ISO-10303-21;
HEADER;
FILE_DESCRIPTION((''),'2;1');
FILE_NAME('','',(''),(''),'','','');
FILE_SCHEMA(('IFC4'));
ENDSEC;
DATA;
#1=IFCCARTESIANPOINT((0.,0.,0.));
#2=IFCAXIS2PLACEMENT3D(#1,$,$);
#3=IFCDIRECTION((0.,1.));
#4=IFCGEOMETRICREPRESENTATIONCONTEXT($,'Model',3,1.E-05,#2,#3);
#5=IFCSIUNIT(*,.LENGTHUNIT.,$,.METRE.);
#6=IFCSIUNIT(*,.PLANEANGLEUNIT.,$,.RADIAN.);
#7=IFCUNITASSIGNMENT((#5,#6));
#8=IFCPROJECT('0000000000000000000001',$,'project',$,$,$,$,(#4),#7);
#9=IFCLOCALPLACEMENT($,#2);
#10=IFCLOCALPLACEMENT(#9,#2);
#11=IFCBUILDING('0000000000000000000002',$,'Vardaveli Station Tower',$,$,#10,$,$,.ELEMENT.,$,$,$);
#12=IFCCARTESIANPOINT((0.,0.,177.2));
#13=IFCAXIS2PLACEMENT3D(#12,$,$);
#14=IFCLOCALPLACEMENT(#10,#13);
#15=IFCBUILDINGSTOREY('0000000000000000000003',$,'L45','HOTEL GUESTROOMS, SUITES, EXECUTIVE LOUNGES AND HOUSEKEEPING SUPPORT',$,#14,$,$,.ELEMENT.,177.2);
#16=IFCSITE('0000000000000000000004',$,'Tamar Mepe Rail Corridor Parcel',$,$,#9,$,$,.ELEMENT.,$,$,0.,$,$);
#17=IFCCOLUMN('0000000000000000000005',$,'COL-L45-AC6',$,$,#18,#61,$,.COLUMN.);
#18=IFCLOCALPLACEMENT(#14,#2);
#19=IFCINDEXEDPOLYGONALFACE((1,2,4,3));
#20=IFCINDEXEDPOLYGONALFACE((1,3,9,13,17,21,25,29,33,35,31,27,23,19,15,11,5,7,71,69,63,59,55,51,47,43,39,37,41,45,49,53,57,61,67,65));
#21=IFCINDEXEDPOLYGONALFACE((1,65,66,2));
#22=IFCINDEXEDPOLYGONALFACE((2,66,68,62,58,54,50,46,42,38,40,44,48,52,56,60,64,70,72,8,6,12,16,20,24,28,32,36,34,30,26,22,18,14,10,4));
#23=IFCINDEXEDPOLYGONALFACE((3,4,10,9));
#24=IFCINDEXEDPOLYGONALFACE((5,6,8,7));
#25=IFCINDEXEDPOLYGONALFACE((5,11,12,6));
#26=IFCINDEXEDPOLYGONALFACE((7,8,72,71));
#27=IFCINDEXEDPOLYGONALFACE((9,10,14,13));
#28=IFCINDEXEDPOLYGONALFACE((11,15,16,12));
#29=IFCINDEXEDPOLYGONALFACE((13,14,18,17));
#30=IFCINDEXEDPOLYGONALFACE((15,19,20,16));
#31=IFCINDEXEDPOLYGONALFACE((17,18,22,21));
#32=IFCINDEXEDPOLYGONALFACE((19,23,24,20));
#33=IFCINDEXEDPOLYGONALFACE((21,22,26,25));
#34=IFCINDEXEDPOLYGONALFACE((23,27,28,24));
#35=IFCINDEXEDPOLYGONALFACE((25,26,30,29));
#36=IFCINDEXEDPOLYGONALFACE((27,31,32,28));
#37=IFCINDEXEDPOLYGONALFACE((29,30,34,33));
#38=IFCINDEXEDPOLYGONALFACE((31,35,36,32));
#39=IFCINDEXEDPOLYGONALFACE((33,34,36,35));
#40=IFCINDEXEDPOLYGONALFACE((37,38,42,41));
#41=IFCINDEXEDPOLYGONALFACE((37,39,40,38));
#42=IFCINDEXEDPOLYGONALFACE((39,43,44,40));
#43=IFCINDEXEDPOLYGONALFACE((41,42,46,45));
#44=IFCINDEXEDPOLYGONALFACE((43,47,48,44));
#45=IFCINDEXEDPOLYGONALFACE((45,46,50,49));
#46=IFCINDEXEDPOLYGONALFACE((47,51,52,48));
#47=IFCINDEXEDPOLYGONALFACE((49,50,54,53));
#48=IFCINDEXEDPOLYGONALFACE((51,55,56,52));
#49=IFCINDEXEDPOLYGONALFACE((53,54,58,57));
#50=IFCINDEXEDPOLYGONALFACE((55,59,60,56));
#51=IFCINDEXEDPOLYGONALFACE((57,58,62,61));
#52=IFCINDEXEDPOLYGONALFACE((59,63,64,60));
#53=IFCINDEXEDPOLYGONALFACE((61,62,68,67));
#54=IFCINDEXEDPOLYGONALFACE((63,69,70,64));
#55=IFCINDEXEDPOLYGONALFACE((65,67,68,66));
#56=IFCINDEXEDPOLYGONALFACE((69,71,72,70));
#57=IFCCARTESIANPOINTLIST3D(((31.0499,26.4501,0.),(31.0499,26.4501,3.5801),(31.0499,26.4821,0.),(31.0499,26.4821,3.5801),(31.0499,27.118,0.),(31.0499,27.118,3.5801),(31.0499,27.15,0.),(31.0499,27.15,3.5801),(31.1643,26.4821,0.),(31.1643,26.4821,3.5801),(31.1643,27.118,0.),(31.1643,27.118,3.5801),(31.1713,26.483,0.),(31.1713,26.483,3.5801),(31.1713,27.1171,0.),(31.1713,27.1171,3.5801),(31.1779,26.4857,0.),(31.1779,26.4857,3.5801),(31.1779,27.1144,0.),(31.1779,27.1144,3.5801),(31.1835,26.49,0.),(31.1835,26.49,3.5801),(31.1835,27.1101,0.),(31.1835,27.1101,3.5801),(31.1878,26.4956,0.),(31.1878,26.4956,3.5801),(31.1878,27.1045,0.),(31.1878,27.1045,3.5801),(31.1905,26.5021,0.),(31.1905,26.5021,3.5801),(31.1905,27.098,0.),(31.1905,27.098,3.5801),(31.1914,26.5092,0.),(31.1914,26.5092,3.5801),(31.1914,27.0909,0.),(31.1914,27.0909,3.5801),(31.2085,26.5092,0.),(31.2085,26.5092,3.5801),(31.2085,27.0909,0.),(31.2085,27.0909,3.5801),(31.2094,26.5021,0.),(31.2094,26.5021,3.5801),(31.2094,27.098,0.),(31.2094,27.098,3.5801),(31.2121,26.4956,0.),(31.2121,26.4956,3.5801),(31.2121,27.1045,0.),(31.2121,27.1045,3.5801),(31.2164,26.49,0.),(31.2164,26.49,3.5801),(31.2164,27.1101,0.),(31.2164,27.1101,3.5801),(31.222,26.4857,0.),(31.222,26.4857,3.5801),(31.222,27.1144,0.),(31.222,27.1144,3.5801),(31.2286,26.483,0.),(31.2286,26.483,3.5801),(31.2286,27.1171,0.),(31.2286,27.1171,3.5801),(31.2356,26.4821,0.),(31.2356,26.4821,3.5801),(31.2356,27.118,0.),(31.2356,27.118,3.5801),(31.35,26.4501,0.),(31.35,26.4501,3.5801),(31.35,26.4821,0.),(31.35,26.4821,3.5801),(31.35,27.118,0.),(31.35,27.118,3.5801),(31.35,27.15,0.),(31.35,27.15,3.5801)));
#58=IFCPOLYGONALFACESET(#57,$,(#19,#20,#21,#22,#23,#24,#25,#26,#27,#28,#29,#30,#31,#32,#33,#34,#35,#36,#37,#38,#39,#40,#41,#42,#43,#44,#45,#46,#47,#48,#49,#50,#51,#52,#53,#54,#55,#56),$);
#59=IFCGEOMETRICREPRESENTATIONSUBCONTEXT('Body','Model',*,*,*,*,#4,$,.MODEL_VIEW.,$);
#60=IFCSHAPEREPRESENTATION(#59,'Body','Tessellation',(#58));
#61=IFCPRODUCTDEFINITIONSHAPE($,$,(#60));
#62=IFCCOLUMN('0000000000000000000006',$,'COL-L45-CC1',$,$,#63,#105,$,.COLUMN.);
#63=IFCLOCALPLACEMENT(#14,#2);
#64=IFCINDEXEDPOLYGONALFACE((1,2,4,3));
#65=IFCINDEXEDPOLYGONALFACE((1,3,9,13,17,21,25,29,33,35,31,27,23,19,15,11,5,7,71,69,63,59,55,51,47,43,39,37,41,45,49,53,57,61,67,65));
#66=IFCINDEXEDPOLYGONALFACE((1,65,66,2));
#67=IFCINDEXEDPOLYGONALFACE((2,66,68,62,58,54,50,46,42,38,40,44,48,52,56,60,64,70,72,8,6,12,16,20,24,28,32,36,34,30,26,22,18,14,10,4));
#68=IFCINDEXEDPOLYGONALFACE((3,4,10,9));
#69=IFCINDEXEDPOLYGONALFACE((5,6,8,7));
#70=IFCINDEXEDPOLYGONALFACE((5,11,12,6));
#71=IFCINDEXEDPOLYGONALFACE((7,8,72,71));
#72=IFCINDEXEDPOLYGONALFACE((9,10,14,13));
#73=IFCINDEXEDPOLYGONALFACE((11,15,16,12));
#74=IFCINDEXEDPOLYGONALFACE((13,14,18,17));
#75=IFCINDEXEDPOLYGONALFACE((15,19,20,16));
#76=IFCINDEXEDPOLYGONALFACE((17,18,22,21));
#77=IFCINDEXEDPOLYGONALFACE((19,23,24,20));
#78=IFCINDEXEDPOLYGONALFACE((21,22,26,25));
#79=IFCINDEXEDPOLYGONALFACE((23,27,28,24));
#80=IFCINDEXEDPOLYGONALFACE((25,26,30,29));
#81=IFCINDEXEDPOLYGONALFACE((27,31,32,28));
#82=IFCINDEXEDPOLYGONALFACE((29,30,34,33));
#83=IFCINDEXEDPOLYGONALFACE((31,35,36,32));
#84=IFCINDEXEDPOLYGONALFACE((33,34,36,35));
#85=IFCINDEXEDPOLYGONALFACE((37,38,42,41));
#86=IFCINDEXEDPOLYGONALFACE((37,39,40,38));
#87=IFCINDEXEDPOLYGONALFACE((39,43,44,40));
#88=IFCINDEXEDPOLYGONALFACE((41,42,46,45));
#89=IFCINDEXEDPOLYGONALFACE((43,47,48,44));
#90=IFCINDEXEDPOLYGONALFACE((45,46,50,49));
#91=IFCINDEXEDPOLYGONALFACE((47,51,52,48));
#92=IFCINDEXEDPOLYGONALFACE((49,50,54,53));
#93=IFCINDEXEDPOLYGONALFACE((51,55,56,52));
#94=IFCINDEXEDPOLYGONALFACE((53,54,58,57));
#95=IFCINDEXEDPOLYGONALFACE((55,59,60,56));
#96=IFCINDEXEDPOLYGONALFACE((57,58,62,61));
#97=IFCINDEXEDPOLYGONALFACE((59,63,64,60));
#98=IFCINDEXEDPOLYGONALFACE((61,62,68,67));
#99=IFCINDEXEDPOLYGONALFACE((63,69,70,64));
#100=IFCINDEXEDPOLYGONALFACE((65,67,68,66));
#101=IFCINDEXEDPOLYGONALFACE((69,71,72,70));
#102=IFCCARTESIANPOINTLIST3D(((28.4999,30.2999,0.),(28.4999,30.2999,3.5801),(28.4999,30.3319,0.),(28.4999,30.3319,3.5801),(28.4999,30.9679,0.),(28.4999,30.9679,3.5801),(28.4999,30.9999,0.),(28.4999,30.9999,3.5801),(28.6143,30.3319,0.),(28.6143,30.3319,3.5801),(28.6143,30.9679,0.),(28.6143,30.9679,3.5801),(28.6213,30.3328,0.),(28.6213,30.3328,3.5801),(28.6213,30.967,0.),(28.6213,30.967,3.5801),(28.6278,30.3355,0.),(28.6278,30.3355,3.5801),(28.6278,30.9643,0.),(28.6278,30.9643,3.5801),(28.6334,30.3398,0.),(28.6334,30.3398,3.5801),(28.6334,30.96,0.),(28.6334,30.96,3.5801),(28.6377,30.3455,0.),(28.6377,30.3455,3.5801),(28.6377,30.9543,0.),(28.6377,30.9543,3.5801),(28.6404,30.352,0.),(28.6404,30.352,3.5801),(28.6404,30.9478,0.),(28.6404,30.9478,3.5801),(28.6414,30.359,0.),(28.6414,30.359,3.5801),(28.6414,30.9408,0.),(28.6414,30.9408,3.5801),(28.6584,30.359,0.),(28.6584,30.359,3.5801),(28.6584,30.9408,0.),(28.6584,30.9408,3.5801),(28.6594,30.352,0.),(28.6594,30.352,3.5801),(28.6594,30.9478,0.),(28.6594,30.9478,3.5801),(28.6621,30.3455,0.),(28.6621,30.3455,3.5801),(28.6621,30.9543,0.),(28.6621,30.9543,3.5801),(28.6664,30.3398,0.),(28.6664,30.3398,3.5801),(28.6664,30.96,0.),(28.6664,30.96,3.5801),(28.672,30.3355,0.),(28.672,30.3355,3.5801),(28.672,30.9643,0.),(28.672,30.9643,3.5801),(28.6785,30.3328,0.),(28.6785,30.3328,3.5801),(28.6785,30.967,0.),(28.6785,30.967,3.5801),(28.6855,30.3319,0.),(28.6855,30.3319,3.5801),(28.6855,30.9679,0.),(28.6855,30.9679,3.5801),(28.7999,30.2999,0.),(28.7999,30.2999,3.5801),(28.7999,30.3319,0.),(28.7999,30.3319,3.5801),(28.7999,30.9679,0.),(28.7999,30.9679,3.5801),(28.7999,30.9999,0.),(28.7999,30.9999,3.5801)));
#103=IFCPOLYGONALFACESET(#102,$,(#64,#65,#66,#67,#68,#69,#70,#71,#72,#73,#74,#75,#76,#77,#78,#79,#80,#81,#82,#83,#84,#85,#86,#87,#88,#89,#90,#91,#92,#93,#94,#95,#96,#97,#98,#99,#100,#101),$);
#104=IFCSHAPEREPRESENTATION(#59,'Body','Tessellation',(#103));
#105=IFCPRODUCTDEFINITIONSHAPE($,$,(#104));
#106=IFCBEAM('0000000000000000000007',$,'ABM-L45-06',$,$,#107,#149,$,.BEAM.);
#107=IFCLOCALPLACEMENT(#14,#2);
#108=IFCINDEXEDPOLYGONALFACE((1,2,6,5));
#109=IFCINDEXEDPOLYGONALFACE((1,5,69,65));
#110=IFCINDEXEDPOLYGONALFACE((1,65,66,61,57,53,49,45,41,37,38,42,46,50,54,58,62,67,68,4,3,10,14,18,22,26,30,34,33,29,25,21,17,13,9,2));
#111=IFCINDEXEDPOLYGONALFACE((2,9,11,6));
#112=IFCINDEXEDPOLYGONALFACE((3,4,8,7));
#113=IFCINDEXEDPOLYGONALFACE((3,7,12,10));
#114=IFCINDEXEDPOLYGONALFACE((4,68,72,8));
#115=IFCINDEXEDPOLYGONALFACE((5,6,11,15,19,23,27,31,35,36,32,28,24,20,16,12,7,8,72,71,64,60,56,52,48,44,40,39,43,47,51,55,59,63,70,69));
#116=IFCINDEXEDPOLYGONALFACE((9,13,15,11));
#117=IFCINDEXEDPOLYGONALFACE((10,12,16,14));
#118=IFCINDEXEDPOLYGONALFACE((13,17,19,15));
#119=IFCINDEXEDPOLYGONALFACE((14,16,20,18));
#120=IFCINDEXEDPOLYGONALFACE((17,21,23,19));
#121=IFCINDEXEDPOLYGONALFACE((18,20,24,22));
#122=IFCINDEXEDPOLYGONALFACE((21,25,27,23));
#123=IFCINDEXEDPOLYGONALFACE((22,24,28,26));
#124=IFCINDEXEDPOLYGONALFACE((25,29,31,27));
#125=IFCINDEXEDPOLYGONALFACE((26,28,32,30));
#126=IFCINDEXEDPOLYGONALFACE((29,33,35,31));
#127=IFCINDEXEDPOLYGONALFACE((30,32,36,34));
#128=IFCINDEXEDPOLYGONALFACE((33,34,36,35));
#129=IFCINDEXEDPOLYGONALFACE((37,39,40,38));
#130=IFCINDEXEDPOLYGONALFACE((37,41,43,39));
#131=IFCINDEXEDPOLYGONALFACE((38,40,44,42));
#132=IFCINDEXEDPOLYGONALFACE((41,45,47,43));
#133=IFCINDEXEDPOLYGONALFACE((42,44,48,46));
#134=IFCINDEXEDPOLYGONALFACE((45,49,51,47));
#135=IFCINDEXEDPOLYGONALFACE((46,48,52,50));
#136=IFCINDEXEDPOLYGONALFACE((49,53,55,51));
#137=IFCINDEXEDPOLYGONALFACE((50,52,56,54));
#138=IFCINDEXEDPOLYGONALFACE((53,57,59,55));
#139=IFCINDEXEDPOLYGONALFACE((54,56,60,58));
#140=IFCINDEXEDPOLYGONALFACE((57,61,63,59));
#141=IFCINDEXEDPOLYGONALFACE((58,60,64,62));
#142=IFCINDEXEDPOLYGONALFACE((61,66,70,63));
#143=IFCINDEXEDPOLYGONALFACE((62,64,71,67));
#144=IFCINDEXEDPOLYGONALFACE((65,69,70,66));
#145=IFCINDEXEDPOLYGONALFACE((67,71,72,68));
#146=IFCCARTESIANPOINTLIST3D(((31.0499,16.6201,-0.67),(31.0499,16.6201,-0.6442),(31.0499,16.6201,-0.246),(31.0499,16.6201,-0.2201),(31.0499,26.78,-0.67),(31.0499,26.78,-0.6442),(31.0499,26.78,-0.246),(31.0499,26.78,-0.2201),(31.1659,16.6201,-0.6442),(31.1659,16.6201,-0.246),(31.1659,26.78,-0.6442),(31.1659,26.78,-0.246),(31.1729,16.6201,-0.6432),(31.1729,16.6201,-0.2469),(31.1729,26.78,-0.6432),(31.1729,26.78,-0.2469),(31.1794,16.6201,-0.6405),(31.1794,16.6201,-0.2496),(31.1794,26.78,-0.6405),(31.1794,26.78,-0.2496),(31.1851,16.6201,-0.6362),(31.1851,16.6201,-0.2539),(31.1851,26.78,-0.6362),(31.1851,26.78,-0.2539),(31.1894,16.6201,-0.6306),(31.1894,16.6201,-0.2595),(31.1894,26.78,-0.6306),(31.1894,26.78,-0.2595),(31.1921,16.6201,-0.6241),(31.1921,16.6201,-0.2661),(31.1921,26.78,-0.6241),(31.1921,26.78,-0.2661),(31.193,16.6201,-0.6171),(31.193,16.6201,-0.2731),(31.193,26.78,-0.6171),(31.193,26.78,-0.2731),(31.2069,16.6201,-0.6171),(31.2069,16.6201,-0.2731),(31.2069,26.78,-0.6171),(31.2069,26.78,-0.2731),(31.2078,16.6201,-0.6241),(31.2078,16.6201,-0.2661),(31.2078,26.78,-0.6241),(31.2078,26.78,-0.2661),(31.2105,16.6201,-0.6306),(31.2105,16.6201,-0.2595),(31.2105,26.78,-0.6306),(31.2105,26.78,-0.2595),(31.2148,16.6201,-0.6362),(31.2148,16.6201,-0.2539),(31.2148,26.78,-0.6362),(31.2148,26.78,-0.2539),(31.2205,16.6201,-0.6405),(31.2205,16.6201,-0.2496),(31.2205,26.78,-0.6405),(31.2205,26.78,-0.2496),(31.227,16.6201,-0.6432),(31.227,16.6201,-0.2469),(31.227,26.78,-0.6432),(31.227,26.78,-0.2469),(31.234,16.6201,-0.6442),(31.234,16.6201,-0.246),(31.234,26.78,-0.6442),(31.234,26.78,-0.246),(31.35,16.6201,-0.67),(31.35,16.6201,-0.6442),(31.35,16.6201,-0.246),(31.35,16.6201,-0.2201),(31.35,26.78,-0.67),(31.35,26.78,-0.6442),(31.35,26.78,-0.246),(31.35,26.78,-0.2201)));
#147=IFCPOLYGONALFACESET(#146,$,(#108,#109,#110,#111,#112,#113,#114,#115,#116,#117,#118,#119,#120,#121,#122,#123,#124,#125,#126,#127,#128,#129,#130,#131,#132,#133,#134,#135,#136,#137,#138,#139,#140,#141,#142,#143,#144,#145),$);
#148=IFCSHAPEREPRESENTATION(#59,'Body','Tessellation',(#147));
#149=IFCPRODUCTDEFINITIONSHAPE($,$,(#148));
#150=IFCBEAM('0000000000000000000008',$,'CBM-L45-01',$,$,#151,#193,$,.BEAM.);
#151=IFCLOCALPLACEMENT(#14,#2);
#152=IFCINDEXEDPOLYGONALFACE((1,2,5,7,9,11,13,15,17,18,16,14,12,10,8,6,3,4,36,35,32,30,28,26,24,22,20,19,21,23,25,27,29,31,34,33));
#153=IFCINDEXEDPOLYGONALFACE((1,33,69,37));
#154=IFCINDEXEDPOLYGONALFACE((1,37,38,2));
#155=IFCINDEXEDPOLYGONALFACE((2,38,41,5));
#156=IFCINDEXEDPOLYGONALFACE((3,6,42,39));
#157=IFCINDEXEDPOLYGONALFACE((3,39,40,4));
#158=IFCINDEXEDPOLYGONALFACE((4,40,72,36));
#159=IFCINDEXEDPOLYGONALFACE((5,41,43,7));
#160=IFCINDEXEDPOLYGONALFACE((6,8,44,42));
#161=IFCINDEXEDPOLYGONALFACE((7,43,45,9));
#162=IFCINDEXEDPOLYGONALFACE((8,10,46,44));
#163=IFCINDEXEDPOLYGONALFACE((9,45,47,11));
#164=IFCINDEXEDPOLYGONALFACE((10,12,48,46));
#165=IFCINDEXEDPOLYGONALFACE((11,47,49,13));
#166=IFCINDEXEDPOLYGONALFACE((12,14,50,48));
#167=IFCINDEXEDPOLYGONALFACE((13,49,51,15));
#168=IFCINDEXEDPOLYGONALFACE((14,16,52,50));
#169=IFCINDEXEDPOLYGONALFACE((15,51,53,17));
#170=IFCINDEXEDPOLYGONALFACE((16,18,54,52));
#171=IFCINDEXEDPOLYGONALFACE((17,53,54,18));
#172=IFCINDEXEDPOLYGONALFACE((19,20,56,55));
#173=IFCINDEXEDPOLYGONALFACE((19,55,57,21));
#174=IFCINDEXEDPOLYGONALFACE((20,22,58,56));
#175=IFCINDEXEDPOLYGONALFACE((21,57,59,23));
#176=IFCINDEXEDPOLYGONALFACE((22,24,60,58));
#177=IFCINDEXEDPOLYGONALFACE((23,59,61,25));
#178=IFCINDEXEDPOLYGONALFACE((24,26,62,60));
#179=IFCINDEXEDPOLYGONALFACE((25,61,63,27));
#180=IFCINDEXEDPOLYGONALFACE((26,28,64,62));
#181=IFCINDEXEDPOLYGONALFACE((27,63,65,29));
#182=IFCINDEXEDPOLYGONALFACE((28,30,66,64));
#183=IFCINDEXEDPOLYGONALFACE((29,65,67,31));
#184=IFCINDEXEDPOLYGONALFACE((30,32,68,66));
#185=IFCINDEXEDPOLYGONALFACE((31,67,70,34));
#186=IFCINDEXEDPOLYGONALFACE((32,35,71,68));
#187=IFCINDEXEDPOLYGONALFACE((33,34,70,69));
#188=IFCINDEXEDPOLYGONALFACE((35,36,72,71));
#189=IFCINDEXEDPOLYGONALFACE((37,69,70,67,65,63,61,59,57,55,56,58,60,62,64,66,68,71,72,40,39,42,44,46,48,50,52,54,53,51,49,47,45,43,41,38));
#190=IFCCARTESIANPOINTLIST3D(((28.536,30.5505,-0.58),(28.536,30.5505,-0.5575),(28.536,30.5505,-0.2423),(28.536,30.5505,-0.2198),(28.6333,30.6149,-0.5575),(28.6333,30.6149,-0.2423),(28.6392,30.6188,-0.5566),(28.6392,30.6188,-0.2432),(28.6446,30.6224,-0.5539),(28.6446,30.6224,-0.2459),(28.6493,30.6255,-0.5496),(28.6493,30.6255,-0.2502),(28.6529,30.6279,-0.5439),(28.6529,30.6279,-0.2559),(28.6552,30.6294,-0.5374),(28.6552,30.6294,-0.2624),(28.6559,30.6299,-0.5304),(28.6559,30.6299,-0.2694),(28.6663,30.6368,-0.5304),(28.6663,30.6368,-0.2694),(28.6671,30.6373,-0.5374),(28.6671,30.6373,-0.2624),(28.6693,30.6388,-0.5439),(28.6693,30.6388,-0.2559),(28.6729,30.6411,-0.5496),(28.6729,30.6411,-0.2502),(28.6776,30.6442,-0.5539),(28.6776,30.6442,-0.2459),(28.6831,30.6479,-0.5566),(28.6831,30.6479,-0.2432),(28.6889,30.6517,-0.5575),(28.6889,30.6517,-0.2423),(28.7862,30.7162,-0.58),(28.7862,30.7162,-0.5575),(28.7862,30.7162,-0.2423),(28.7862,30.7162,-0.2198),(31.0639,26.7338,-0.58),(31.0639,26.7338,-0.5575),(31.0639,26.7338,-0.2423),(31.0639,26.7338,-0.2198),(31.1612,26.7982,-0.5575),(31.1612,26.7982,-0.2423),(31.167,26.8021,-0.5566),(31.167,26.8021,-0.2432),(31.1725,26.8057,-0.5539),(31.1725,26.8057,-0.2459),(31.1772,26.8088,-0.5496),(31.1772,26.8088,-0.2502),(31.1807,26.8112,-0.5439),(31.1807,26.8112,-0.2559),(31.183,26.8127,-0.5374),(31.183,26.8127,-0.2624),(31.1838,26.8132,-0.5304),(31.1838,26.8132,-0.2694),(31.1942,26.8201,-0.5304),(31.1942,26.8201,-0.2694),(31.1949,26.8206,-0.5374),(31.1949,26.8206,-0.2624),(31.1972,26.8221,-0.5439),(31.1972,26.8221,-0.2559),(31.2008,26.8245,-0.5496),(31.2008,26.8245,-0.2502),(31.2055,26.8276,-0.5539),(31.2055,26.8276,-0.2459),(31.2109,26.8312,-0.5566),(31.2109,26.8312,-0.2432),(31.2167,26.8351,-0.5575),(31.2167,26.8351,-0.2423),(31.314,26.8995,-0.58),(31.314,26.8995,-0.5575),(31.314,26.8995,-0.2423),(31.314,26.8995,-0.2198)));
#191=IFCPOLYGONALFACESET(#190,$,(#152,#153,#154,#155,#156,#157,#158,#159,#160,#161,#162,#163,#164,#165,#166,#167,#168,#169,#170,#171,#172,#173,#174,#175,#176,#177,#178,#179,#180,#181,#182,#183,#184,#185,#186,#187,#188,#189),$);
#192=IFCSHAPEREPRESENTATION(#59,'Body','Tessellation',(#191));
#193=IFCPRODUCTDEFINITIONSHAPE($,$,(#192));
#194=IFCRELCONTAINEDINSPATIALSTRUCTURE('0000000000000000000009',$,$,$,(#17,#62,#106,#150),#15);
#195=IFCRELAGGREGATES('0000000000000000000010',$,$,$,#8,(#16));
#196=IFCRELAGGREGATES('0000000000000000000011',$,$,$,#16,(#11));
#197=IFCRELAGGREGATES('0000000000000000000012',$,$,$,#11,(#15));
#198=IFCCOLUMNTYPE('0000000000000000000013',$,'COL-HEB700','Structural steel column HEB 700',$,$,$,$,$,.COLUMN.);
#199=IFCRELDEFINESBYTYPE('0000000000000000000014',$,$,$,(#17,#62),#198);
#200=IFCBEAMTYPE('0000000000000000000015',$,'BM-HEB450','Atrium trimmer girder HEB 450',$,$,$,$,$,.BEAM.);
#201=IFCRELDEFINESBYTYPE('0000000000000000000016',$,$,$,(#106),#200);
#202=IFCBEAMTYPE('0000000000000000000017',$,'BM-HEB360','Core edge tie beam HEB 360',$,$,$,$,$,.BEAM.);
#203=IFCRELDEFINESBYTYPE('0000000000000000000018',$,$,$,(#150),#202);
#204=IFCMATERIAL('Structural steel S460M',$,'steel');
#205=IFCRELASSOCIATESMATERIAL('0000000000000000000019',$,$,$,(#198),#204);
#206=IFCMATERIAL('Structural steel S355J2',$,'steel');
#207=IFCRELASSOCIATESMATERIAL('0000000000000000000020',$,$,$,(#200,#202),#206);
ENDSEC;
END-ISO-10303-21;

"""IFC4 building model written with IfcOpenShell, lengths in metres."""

from ifc_helpers import new_model, si_unit, direction, frame, origin, origin_2d, place, context, subcontext, project, spatial, i_section, extrude, source, transform, mapped, material, material_profile, profile_set, type_object, element, save


model = new_model("IFC4")

# Units and contexts
model_context = context("Model", 3, precision=1e-05, world=origin(), true_north=direction((0.0, 1.0)))
body_context = subcontext(model_context, "Body", "Model", "MODEL_VIEW")
ifc_project = project(units=[si_unit("LENGTHUNIT", "METRE"), si_unit("PLANEANGLEUNIT", "RADIAN")], contexts=[model_context])

# Site, building, storey
site_placement = place(None, origin())
site = spatial("IfcSite", under=ifc_project, at=site_placement, Name="Tamar Mepe Rail Corridor Parcel", CompositionType="ELEMENT", RefElevation=0.0)
building_placement = place(site_placement, origin())
building = spatial("IfcBuilding", under=site, at=building_placement, Name="Vardaveli Station Tower", CompositionType="ELEMENT")
storey_placement = place(building_placement, frame((0.0, 0.0, 177.2)))
storey = spatial("IfcBuildingStorey", under=building, at=storey_placement, Name="L45", Description="HOTEL GUESTROOMS, SUITES, EXECUTIVE LOUNGES AND HOUSEKEEPING SUPPORT", CompositionType="ELEMENT", Elevation=177.2)

# Columns
ifc_material_1 = material(Name="Structural steel S460M", Category="steel")
ifc_material_profile_1 = material_profile(ifc_material_1, i_section(OverallWidth=0.3, OverallDepth=0.7, WebThickness=0.0171, FlangeThickness=0.032, FilletRadius=0.0271, at=origin_2d()), Name="HEB 700")
ifc_profile_set_1 = profile_set([ifc_material_profile_1], Name="Structural steel S460M")
column_type = type_object("IfcColumnType", Name="COL-HEB700", Description="Structural steel column HEB 700", PredefinedType="COLUMN", material=ifc_profile_set_1)
shared_shape_1 = source(origin(), body_context, "Body", "SweptSolid", [
    extrude(i_section(OverallWidth=0.3, OverallDepth=0.7, WebThickness=0.0171, FlangeThickness=0.032, FilletRadius=0.0271, at=origin_2d()), origin(), (0.0, 0.0, 1.0), 3.5801),
])
for number, where, z_axis, x_axis, name in (
    (1, (31.2, 26.8, 0.0), (0.0, 0.0, 1.0), (1.0, 0.0, 0.0), "COL-L45-AC6"),
    (2, (28.6499, 30.6499, 0.0), (0.0, 0.0, 1.0), (1.0, 0.0, 0.0), "COL-L45-CC1"),
):
    element("IfcColumn", number, at=place(storey_placement, frame(where, z_axis=z_axis, x_axis=x_axis)), inside=storey, type_object=column_type, Name=name, PredefinedType="COLUMN", context=body_context, shape_type="MappedRepresentation", body=[
        mapped(shared_shape_1, transform((0.0, 0.0, 0.0), scale=1.0)),
    ])

# Beams
ifc_material_2 = material(Name="Structural steel S355J2", Category="steel")
ifc_material_profile_2 = material_profile(ifc_material_2, i_section(OverallWidth=0.3, OverallDepth=0.45, WebThickness=0.0139, FlangeThickness=0.0259, FilletRadius=0.0271, at=origin_2d()), Name="HEB 450")
ifc_profile_set_2 = profile_set([ifc_material_profile_2], Name="Structural steel S355J2")
beam_type_1 = type_object("IfcBeamType", Name="BM-HEB450", Description="Atrium trimmer girder HEB 450", PredefinedType="BEAM", material=ifc_profile_set_2)
shared_shape_2 = source(origin(), body_context, "Body", "SweptSolid", [
    extrude(i_section(OverallWidth=0.3, OverallDepth=0.45, WebThickness=0.0139, FlangeThickness=0.0259, FilletRadius=0.0271, at=origin_2d()), origin(), (0.0, 0.0, 1.0), 10.1599),
])
beam_1_placement = place(storey_placement, frame((31.2, 26.78, -0.4451), z_axis=(0.0, -1.0, 0.0), x_axis=(1.0, 0.0, 0.0)))
element("IfcBeam", 3, at=beam_1_placement, inside=storey, type_object=beam_type_1, Name="ABM-L45-06", PredefinedType="BEAM", context=body_context, shape_type="MappedRepresentation", body=[
    mapped(shared_shape_2, transform((0.0, 0.0, 0.0), scale=1.0)),
])
ifc_material_profile_3 = material_profile(ifc_material_2, i_section(OverallWidth=0.3, OverallDepth=0.3601, WebThickness=0.0125, FlangeThickness=0.0225, FilletRadius=0.0271, at=origin_2d()), Name="HEB 360")
ifc_profile_set_3 = profile_set([ifc_material_profile_3], Name="Structural steel S355J2")
beam_type_2 = type_object("IfcBeamType", Name="BM-HEB360", Description="Core edge tie beam HEB 360", PredefinedType="BEAM", material=ifc_profile_set_3)
shared_shape_3 = source(origin(), body_context, "Body", "SweptSolid", [
    extrude(i_section(OverallWidth=0.3, OverallDepth=0.3601, WebThickness=0.0125, FlangeThickness=0.0225, FilletRadius=0.0271, at=origin_2d()), origin(), (0.0, 0.0, 1.0), 4.5779),
])
beam_2_placement = place(storey_placement, frame((31.189, 26.8167, -0.3999), z_axis=(-0.552187, 0.83372, 0.0), x_axis=(-0.83372, -0.552187, 0.0)))
element("IfcBeam", 4, at=beam_2_placement, inside=storey, type_object=beam_type_2, Name="CBM-L45-01", PredefinedType="BEAM", context=body_context, shape_type="MappedRepresentation", body=[
    mapped(shared_shape_3, transform((0.0, 0.0, 0.0), scale=1.0)),
])

save(model, "model.ifc")
